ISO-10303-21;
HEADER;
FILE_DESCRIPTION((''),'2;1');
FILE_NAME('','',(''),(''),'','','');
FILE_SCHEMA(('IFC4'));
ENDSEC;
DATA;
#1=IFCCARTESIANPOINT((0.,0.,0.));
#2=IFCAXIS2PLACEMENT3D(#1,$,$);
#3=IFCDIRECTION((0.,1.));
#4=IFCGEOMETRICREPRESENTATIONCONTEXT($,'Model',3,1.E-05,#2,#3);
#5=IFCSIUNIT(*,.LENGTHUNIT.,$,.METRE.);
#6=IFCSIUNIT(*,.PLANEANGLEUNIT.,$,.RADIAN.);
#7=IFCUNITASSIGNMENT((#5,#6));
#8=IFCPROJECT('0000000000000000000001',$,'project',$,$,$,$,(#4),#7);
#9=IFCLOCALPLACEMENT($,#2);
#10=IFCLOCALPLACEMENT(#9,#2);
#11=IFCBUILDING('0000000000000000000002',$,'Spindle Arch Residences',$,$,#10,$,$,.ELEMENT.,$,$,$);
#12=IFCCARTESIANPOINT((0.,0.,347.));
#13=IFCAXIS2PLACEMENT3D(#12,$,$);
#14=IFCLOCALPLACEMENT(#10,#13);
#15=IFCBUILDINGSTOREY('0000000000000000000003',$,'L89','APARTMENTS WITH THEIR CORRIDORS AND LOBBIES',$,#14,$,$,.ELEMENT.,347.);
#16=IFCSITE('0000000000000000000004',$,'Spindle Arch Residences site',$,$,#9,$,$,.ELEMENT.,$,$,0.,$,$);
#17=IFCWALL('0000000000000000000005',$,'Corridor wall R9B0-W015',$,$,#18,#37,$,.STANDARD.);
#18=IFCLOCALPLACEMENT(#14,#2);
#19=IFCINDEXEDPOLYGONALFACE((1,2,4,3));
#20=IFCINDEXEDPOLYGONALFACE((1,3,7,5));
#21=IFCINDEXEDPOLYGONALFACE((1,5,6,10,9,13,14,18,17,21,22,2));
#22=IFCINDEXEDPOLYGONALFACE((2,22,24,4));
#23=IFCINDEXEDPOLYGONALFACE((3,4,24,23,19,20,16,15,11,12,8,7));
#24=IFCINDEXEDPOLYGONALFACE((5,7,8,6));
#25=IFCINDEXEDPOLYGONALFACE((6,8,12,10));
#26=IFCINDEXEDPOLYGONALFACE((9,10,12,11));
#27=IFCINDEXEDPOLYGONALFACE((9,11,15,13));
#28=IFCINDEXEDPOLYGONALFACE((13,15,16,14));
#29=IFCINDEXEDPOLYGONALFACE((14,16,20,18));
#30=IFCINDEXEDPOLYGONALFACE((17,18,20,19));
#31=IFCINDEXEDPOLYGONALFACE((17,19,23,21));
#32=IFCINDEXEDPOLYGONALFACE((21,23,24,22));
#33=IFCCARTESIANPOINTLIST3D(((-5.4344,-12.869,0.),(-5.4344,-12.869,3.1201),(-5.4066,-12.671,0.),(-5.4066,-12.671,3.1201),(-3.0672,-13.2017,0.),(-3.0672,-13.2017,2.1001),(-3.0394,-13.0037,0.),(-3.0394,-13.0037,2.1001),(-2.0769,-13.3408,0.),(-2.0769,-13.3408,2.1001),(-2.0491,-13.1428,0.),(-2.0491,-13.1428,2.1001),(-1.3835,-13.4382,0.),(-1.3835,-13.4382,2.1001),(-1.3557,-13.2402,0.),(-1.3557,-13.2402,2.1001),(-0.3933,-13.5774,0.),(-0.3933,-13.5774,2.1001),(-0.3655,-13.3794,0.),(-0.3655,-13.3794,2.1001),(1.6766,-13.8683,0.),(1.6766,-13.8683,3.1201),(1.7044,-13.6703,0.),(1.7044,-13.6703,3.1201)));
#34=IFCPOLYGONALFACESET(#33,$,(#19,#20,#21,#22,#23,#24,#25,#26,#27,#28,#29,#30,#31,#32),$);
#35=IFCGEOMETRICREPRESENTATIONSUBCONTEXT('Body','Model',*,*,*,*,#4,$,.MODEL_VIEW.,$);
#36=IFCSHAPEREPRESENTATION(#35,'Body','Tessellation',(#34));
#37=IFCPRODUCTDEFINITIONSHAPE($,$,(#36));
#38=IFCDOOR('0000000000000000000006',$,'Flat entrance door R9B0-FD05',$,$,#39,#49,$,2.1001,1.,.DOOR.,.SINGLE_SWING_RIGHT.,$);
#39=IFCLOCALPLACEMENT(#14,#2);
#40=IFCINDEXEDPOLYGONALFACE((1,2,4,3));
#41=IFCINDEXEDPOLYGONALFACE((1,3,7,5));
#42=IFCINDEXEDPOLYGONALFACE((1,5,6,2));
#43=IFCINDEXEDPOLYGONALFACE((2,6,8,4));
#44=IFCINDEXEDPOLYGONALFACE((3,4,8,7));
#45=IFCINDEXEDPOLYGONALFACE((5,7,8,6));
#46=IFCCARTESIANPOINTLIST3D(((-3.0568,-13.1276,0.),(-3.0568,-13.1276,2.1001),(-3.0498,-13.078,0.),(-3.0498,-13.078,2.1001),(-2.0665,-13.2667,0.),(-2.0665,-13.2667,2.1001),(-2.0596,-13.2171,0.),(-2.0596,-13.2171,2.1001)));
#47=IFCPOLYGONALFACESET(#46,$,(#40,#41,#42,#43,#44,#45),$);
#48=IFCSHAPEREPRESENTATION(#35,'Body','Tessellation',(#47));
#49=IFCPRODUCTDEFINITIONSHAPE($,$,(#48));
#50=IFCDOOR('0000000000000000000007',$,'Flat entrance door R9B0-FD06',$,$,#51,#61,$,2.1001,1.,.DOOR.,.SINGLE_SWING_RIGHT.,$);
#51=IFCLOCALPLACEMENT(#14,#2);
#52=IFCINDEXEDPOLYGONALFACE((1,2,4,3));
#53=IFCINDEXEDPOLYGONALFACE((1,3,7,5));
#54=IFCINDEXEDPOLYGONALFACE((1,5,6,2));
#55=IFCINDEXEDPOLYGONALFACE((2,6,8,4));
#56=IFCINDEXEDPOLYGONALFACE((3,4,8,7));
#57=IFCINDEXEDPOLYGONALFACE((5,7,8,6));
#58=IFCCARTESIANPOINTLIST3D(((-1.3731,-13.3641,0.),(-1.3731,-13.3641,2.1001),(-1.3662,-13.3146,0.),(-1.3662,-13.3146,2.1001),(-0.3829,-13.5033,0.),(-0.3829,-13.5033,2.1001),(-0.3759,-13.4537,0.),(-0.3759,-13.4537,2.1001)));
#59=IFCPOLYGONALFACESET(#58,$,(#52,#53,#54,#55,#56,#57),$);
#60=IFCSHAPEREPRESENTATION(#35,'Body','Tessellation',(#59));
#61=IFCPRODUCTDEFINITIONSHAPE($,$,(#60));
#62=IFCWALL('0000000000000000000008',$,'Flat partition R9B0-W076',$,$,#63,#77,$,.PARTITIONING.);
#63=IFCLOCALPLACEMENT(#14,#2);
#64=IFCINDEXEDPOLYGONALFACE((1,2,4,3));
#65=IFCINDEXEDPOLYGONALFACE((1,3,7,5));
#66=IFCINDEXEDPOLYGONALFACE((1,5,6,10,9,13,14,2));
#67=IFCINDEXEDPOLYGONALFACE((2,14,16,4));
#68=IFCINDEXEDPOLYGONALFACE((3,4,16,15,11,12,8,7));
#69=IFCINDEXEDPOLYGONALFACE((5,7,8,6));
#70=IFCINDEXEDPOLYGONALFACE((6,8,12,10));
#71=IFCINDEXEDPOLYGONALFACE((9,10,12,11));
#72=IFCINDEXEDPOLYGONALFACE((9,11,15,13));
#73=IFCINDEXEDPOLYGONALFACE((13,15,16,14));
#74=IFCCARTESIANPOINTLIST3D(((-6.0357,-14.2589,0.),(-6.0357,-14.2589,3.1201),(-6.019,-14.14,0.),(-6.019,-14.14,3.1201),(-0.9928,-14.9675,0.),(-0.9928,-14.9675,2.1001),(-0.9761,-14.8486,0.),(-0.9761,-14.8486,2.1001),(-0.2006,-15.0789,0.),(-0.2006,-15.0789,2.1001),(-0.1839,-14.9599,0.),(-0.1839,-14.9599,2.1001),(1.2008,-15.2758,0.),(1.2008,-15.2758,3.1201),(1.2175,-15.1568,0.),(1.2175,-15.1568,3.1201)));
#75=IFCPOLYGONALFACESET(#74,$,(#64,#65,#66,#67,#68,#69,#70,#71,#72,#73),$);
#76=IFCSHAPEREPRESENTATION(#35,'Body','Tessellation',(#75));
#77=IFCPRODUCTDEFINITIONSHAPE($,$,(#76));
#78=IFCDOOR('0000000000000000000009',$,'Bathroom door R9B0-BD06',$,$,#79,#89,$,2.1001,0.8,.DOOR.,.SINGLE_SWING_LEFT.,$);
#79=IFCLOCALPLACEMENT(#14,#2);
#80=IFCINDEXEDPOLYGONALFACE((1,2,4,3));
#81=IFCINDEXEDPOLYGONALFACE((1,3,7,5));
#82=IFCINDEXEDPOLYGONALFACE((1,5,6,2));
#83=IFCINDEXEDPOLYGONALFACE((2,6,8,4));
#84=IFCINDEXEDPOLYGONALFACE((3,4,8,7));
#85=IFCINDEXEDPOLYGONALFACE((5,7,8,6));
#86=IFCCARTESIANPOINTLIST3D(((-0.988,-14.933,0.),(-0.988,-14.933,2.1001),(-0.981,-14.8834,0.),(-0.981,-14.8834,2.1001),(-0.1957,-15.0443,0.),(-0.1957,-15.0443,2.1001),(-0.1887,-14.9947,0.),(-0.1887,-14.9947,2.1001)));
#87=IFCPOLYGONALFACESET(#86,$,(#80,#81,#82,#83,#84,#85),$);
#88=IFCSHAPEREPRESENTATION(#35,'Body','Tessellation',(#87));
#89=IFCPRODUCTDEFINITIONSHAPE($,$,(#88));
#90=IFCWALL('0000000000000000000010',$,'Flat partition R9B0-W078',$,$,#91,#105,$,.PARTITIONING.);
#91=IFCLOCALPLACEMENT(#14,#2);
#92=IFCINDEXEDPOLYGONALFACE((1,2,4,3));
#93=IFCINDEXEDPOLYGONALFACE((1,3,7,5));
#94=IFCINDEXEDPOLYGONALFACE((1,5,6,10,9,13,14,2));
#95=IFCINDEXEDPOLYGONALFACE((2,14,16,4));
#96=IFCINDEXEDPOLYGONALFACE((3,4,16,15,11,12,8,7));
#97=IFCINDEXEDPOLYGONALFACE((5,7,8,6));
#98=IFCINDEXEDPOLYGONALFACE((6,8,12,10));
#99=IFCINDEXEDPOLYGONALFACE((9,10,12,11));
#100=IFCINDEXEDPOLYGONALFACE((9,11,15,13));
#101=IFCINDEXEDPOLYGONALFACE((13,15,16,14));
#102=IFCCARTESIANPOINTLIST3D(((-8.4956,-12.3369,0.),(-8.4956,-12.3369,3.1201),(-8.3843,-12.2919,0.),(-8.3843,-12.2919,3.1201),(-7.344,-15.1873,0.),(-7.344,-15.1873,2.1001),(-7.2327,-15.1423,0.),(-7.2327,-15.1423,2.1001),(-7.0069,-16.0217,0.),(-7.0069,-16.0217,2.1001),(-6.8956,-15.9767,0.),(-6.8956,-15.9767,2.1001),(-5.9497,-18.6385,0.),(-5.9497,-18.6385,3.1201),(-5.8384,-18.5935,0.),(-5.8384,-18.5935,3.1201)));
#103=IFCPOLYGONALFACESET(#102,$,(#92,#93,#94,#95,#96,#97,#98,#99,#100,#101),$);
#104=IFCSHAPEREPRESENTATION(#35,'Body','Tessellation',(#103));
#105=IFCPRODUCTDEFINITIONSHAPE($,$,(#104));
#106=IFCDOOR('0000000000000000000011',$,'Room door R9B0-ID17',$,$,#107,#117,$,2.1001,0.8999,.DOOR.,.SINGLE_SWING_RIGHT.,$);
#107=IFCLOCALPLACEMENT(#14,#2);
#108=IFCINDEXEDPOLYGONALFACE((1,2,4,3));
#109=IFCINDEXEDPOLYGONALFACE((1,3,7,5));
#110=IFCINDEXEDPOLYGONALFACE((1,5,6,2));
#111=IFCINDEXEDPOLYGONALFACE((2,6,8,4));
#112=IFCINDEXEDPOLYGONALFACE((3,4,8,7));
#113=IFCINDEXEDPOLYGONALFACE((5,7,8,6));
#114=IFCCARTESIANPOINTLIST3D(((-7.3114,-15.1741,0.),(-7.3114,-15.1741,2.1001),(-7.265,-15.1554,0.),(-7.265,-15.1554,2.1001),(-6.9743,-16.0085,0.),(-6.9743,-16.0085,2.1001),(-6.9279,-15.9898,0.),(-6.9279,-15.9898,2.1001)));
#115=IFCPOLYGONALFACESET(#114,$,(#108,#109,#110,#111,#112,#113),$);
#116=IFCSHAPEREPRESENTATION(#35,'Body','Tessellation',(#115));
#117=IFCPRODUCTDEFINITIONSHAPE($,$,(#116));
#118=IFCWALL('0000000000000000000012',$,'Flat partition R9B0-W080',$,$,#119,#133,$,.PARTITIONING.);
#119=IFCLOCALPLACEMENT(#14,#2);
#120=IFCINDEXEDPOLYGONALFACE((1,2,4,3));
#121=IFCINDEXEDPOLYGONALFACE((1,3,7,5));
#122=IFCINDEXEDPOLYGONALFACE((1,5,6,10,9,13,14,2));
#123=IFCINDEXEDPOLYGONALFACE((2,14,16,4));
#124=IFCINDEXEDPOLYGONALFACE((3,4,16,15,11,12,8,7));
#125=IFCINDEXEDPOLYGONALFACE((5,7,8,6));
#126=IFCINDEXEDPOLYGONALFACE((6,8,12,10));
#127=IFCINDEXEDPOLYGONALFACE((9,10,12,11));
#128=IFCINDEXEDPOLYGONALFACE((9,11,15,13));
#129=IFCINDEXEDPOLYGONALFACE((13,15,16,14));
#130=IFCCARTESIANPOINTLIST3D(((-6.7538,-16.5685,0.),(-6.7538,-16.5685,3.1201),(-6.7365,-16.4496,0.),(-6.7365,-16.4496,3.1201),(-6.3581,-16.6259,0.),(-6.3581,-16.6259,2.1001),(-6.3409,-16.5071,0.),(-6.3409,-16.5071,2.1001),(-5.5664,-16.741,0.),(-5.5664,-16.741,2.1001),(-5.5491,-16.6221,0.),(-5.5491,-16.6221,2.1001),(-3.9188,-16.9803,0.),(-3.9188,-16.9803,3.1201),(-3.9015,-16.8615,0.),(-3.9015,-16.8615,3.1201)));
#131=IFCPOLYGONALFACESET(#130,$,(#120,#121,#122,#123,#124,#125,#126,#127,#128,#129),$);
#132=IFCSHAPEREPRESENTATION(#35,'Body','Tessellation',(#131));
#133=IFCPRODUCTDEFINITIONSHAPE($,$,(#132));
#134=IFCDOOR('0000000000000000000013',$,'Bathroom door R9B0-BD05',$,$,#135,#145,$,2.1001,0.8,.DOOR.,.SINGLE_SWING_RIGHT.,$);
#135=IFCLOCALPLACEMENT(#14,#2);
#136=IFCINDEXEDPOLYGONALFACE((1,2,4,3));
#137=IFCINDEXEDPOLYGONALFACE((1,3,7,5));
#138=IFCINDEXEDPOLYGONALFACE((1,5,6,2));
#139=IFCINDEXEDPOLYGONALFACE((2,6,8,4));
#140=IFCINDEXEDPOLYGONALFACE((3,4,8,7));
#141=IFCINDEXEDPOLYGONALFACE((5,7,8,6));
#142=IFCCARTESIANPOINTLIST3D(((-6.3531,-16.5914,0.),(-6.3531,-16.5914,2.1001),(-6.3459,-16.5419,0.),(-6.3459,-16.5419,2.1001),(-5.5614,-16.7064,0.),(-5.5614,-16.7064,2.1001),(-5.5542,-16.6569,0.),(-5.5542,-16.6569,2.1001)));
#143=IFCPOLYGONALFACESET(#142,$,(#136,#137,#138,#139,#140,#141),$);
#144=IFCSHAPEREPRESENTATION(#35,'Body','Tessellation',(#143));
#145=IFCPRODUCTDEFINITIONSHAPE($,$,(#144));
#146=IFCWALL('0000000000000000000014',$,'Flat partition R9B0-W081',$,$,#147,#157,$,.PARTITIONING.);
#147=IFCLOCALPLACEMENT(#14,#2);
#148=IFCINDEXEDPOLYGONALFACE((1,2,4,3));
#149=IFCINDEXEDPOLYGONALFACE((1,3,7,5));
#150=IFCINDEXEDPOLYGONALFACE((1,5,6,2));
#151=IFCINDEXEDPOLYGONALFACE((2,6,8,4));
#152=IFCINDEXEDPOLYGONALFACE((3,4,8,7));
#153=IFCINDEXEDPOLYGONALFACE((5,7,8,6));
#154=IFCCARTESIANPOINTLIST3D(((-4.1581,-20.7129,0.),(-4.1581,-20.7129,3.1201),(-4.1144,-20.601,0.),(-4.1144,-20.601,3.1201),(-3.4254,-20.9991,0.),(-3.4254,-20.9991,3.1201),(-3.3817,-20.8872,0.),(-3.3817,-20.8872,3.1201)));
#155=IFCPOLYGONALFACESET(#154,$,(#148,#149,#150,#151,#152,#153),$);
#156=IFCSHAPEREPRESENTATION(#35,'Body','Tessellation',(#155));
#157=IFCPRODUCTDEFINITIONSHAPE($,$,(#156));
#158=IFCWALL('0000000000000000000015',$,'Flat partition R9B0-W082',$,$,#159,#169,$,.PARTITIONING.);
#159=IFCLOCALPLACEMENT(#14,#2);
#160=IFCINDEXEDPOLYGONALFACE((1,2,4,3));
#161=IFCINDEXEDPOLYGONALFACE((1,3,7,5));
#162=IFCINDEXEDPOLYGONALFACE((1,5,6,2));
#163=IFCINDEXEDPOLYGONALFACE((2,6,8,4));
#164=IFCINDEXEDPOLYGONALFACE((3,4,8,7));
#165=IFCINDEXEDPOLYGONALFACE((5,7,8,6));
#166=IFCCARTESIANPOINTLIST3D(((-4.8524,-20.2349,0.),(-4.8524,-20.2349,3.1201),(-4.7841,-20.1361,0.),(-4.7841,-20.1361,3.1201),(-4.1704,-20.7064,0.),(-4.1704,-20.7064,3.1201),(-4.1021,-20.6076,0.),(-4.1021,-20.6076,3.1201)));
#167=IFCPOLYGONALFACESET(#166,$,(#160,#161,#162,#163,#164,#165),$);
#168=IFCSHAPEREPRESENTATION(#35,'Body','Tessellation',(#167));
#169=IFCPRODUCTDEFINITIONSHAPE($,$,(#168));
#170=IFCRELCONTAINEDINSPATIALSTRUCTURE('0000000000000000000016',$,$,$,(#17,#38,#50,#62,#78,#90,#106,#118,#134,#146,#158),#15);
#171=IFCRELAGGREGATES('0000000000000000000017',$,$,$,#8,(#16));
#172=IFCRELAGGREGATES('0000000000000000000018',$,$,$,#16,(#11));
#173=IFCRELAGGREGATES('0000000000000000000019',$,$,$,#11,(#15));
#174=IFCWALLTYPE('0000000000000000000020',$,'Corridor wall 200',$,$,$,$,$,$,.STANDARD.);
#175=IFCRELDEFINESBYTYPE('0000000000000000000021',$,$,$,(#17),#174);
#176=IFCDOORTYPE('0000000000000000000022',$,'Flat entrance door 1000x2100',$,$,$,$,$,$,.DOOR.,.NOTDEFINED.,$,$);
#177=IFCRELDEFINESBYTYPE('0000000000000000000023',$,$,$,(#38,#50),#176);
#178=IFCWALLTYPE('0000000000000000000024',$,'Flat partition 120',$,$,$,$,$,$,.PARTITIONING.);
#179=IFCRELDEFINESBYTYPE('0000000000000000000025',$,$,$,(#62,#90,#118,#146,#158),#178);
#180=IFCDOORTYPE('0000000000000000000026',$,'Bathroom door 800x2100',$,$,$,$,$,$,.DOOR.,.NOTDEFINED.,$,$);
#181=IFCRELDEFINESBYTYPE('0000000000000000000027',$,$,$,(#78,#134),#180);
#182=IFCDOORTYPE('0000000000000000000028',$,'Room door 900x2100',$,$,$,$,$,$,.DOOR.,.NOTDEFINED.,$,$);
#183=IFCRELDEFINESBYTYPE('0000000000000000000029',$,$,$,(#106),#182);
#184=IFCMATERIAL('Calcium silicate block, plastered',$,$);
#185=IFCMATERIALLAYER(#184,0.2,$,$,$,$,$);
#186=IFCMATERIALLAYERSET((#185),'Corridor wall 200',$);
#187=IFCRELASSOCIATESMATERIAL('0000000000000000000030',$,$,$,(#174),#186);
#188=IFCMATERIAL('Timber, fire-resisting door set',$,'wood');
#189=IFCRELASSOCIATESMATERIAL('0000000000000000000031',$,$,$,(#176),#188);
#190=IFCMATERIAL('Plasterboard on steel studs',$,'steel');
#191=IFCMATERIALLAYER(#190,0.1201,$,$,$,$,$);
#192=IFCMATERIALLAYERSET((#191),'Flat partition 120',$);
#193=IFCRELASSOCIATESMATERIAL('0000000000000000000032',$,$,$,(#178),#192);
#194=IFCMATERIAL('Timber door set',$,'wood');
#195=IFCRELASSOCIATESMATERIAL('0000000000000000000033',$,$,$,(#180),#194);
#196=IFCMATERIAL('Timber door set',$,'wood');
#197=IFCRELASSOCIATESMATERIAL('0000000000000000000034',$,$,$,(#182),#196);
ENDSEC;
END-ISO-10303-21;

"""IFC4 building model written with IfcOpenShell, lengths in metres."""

from ifc_helpers import new_model, si_unit, direction, frame, frame_2d, origin, place, context, subcontext, project, spatial, rectangle, extrude, material, layer, layer_set, type_object, element, fill, save


model = new_model("IFC4")

# Units and contexts
model_context = context("Model", 3, precision=1e-05, world=origin(), true_north=direction((0.0, 1.0)))
body_context = subcontext(model_context, "Body", "Model", "MODEL_VIEW")
ifc_project = project(units=[si_unit("LENGTHUNIT", "METRE"), si_unit("PLANEANGLEUNIT", "RADIAN")], contexts=[model_context])

# Site, building, storey
site_placement = place(None, origin())
site = spatial("IfcSite", under=ifc_project, at=site_placement, Name="Spindle Arch Residences site", CompositionType="ELEMENT", RefElevation=0.0)
building_placement = place(site_placement, origin())
building = spatial("IfcBuilding", under=site, at=building_placement, Name="Spindle Arch Residences", CompositionType="ELEMENT")
storey_placement = place(building_placement, frame((0.0, 0.0, 347.0)))
storey = spatial("IfcBuildingStorey", under=building, at=storey_placement, Name="L89", Description="APARTMENTS WITH THEIR CORRIDORS AND LOBBIES", CompositionType="ELEMENT", Elevation=347.0)

# Wall, openings, doors
ifc_material_1 = material(Name="Calcium silicate block, plastered")
ifc_layer_1 = layer(ifc_material_1, 0.2)
ifc_layer_set_1 = layer_set([ifc_layer_1], Name="Corridor wall 200")
wall_type_1 = type_object("IfcWallType", Name="Corridor wall 200", PredefinedType="STANDARD", material=ifc_layer_set_1)
wall_1_placement = place(storey_placement, frame((-5.4204, -12.77, 0.0), z_axis=(0.0, 0.0, 1.0), x_axis=(0.990271, -0.139155, 0.0)))
wall_1 = element("IfcWall", 1, at=wall_1_placement, inside=storey, type_object=wall_type_1, Name="Corridor wall R9B0-W015", PredefinedType="STANDARD", context=body_context, shape_type="SweptSolid", body=[
    extrude(rectangle(XDim=7.1809, YDim=0.2, at=frame_2d((3.5903, 0.0))), origin(), (0.0, 0.0, 1.0), 3.1201),
])
opening_1_placement = place(wall_1_placement, frame((2.3904, 0.0, 0.0)))
opening_1 = element("IfcOpeningElement", 2, at=opening_1_placement, cuts=wall_1, PredefinedType="OPENING", context=body_context, shape_type="SweptSolid", body=[
    extrude(rectangle(XDim=1.0, YDim=2.1001, at=frame_2d((0.5, 1.05))), frame((0.0, 0.1099, 0.0), z_axis=(0.0, -1.0, 0.0), x_axis=(1.0, 0.0, 0.0)), (0.0, 0.0, 1.0), 0.22),
])
opening_2_placement = place(wall_1_placement, frame((4.0906, 0.0, 0.0)))
opening_2 = element("IfcOpeningElement", 3, at=opening_2_placement, cuts=wall_1, PredefinedType="OPENING", context=body_context, shape_type="SweptSolid", body=[
    extrude(rectangle(XDim=1.0, YDim=2.1001, at=frame_2d((0.5, 1.05))), frame((0.0, 0.1099, 0.0), z_axis=(0.0, -1.0, 0.0), x_axis=(1.0, 0.0, 0.0)), (0.0, 0.0, 1.0), 0.22),
])
ifc_material_2 = material(Name="Timber, fire-resisting door set", Category="wood")
door_type_1 = type_object("IfcDoorType", Name="Flat entrance door 1000x2100", OperationType="NOTDEFINED", PredefinedType="DOOR", material=ifc_material_2)
door_1_placement = place(opening_1_placement, origin())
door_1 = element("IfcDoor", 4, at=door_1_placement, inside=storey, type_object=door_type_1, Name="Flat entrance door R9B0-FD05", OperationType="SINGLE_SWING_RIGHT", OverallHeight=2.1001, OverallWidth=1.0, PredefinedType="DOOR", context=body_context, shape_type="SweptSolid", body=[
    extrude(rectangle(XDim=1.0, YDim=2.1001, at=frame_2d((0.5, 1.05))), frame((0.0, 0.0249, 0.0), z_axis=(0.0, -1.0, 0.0), x_axis=(1.0, 0.0, 0.0)), (0.0, 0.0, 1.0), 0.05),
])
fill(opening_1, door_1)
door_2_placement = place(opening_2_placement, origin())
door_2 = element("IfcDoor", 5, at=door_2_placement, inside=storey, type_object=door_type_1, Name="Flat entrance door R9B0-FD06", OperationType="SINGLE_SWING_RIGHT", OverallHeight=2.1001, OverallWidth=1.0, PredefinedType="DOOR", context=body_context, shape_type="SweptSolid", body=[
    extrude(rectangle(XDim=1.0, YDim=2.1001, at=frame_2d((0.5, 1.05))), frame((0.0, 0.0249, 0.0), z_axis=(0.0, -1.0, 0.0), x_axis=(1.0, 0.0, 0.0)), (0.0, 0.0, 1.0), 0.05),
])
fill(opening_2, door_2)

# Walls, openings, doors
ifc_material_3 = material(Name="Plasterboard on steel studs", Category="steel")
ifc_layer_2 = layer(ifc_material_3, 0.1201)
ifc_layer_set_2 = layer_set([ifc_layer_2], Name="Flat partition 120")
wall_type_2 = type_object("IfcWallType", Name="Flat partition 120", PredefinedType="PARTITIONING", material=ifc_layer_set_2)
wall_2_placement = place(storey_placement, frame((-6.0273, -14.1995, 0.0), z_axis=(0.0, 0.0, 1.0), x_axis=(0.990272, -0.139148, 0.0)))
wall_2 = element("IfcWall", 6, at=wall_2_placement, inside=storey, type_object=wall_type_2, Name="Flat partition R9B0-W076", PredefinedType="PARTITIONING", context=body_context, shape_type="SweptSolid", body=[
    extrude(rectangle(XDim=7.3076, YDim=0.1201, at=frame_2d((3.6538, 0.0))), origin(), (0.0, 0.0, 1.0), 3.1201),
])
opening_3_placement = place(wall_2_placement, frame((5.0925, 0.0, 0.0)))
opening_3 = element("IfcOpeningElement", 7, at=opening_3_placement, cuts=wall_2, PredefinedType="OPENING", context=body_context, shape_type="SweptSolid", body=[
    extrude(rectangle(XDim=0.8, YDim=2.1001, at=frame_2d((0.3999, 1.05))), frame((0.0, 0.0701, 0.0), z_axis=(0.0, -1.0, 0.0), x_axis=(1.0, 0.0, 0.0)), (0.0, 0.0, 1.0), 0.1401),
])
ifc_material_4 = material(Name="Timber door set", Category="wood")
door_type_2 = type_object("IfcDoorType", Name="Bathroom door 800x2100", OperationType="NOTDEFINED", PredefinedType="DOOR", material=ifc_material_4)
door_3_placement = place(opening_3_placement, origin())
door_3 = element("IfcDoor", 8, at=door_3_placement, inside=storey, type_object=door_type_2, Name="Bathroom door R9B0-BD06", OperationType="SINGLE_SWING_LEFT", OverallHeight=2.1001, OverallWidth=0.8, PredefinedType="DOOR", context=body_context, shape_type="SweptSolid", body=[
    extrude(rectangle(XDim=0.8, YDim=2.1001, at=frame_2d((0.3999, 1.05))), frame((0.0, 0.0249, 0.0), z_axis=(0.0, -1.0, 0.0), x_axis=(1.0, 0.0, 0.0)), (0.0, 0.0, 1.0), 0.05),
])
fill(opening_3, door_3)
wall_3_placement = place(storey_placement, frame((-5.894, -18.616, 0.0), z_axis=(0.0, 0.0, 1.0), x_axis=(-0.374597, 0.927188, 0.0)))
wall_3 = element("IfcWall", 9, at=wall_3_placement, inside=storey, type_object=wall_type_2, Name="Flat partition R9B0-W078", PredefinedType="PARTITIONING", context=body_context, shape_type="SweptSolid", body=[
    extrude(rectangle(XDim=6.7964, YDim=0.1201, at=frame_2d((3.3982, 0.0))), origin(), (0.0, 0.0, 1.0), 3.1201),
])
opening_4_placement = place(wall_3_placement, frame((2.8223, 0.0, 0.0)))
opening_4 = element("IfcOpeningElement", 10, at=opening_4_placement, cuts=wall_3, PredefinedType="OPENING", context=body_context, shape_type="SweptSolid", body=[
    extrude(rectangle(XDim=0.8999, YDim=2.1001, at=frame_2d((0.45, 1.05))), frame((0.0, 0.0701, 0.0), z_axis=(0.0, -1.0, 0.0), x_axis=(1.0, 0.0, 0.0)), (0.0, 0.0, 1.0), 0.1401),
])
ifc_material_5 = material(Name="Timber door set", Category="wood")
door_type_3 = type_object("IfcDoorType", Name="Room door 900x2100", OperationType="NOTDEFINED", PredefinedType="DOOR", material=ifc_material_5)
door_4_placement = place(opening_4_placement, origin())
door_4 = element("IfcDoor", 11, at=door_4_placement, inside=storey, type_object=door_type_3, Name="Room door R9B0-ID17", OperationType="SINGLE_SWING_RIGHT", OverallHeight=2.1001, OverallWidth=0.8999, PredefinedType="DOOR", context=body_context, shape_type="SweptSolid", body=[
    extrude(rectangle(XDim=0.8999, YDim=2.1001, at=frame_2d((0.45, 1.05))), frame((0.0, 0.0249, 0.0), z_axis=(0.0, -1.0, 0.0), x_axis=(1.0, 0.0, 0.0)), (0.0, 0.0, 1.0), 0.05),
])
fill(opening_4, door_4)
wall_4_placement = place(storey_placement, frame((-6.7451, -16.509, 0.0), z_axis=(0.0, 0.0, 1.0), x_axis=(0.989611, -0.143771, 0.0)))
wall_4 = element("IfcWall", 12, at=wall_4_placement, inside=storey, type_object=wall_type_2, Name="Flat partition R9B0-W080", PredefinedType="PARTITIONING", context=body_context, shape_type="SweptSolid", body=[
    extrude(rectangle(XDim=2.8647, YDim=0.1201, at=frame_2d((1.4324, 0.0))), origin(), (0.0, 0.0, 1.0), 3.1201),
])
opening_5_placement = place(wall_4_placement, frame((0.3999, 0.0, 0.0)))
opening_5 = element("IfcOpeningElement", 13, at=opening_5_placement, cuts=wall_4, PredefinedType="OPENING", context=body_context, shape_type="SweptSolid", body=[
    extrude(rectangle(XDim=0.8, YDim=2.1001, at=frame_2d((0.3999, 1.05))), frame((0.0, 0.0701, 0.0), z_axis=(0.0, -1.0, 0.0), x_axis=(1.0, 0.0, 0.0)), (0.0, 0.0, 1.0), 0.1401),
])
door_5_placement = place(opening_5_placement, origin())
door_5 = element("IfcDoor", 14, at=door_5_placement, inside=storey, type_object=door_type_2, Name="Bathroom door R9B0-BD05", OperationType="SINGLE_SWING_RIGHT", OverallHeight=2.1001, OverallWidth=0.8, PredefinedType="DOOR", context=body_context, shape_type="SweptSolid", body=[
    extrude(rectangle(XDim=0.8, YDim=2.1001, at=frame_2d((0.3999, 1.05))), frame((0.0, 0.0249, 0.0), z_axis=(0.0, -1.0, 0.0), x_axis=(1.0, 0.0, 0.0)), (0.0, 0.0, 1.0), 0.05),
])
fill(opening_5, door_5)

# Walls
wall_5_placement = place(storey_placement, frame((-3.4036, -20.9431, 0.0), z_axis=(0.0, 0.0, 1.0), x_axis=(-0.931485, 0.363779, 0.0)))
element("IfcWall", 15, at=wall_5_placement, inside=storey, type_object=wall_type_2, Name="Flat partition R9B0-W081", PredefinedType="PARTITIONING", context=body_context, shape_type="SweptSolid", body=[
    extrude(rectangle(XDim=0.7866, YDim=0.1201, at=frame_2d((0.3933, 0.0))), origin(), (0.0, 0.0, 1.0), 3.1201),
])
wall_6_placement = place(storey_placement, frame((-4.1362, -20.657, 0.0), z_axis=(0.0, 0.0, 1.0), x_axis=(-0.822553, 0.568689, 0.0)))
element("IfcWall", 16, at=wall_6_placement, inside=storey, type_object=wall_type_2, Name="Flat partition R9B0-W082", PredefinedType="PARTITIONING", context=body_context, shape_type="SweptSolid", body=[
    extrude(rectangle(XDim=0.8291, YDim=0.1201, at=frame_2d((0.4146, 0.0))), origin(), (0.0, 0.0, 1.0), 3.1201),
])

save(model, "model.ifc")
